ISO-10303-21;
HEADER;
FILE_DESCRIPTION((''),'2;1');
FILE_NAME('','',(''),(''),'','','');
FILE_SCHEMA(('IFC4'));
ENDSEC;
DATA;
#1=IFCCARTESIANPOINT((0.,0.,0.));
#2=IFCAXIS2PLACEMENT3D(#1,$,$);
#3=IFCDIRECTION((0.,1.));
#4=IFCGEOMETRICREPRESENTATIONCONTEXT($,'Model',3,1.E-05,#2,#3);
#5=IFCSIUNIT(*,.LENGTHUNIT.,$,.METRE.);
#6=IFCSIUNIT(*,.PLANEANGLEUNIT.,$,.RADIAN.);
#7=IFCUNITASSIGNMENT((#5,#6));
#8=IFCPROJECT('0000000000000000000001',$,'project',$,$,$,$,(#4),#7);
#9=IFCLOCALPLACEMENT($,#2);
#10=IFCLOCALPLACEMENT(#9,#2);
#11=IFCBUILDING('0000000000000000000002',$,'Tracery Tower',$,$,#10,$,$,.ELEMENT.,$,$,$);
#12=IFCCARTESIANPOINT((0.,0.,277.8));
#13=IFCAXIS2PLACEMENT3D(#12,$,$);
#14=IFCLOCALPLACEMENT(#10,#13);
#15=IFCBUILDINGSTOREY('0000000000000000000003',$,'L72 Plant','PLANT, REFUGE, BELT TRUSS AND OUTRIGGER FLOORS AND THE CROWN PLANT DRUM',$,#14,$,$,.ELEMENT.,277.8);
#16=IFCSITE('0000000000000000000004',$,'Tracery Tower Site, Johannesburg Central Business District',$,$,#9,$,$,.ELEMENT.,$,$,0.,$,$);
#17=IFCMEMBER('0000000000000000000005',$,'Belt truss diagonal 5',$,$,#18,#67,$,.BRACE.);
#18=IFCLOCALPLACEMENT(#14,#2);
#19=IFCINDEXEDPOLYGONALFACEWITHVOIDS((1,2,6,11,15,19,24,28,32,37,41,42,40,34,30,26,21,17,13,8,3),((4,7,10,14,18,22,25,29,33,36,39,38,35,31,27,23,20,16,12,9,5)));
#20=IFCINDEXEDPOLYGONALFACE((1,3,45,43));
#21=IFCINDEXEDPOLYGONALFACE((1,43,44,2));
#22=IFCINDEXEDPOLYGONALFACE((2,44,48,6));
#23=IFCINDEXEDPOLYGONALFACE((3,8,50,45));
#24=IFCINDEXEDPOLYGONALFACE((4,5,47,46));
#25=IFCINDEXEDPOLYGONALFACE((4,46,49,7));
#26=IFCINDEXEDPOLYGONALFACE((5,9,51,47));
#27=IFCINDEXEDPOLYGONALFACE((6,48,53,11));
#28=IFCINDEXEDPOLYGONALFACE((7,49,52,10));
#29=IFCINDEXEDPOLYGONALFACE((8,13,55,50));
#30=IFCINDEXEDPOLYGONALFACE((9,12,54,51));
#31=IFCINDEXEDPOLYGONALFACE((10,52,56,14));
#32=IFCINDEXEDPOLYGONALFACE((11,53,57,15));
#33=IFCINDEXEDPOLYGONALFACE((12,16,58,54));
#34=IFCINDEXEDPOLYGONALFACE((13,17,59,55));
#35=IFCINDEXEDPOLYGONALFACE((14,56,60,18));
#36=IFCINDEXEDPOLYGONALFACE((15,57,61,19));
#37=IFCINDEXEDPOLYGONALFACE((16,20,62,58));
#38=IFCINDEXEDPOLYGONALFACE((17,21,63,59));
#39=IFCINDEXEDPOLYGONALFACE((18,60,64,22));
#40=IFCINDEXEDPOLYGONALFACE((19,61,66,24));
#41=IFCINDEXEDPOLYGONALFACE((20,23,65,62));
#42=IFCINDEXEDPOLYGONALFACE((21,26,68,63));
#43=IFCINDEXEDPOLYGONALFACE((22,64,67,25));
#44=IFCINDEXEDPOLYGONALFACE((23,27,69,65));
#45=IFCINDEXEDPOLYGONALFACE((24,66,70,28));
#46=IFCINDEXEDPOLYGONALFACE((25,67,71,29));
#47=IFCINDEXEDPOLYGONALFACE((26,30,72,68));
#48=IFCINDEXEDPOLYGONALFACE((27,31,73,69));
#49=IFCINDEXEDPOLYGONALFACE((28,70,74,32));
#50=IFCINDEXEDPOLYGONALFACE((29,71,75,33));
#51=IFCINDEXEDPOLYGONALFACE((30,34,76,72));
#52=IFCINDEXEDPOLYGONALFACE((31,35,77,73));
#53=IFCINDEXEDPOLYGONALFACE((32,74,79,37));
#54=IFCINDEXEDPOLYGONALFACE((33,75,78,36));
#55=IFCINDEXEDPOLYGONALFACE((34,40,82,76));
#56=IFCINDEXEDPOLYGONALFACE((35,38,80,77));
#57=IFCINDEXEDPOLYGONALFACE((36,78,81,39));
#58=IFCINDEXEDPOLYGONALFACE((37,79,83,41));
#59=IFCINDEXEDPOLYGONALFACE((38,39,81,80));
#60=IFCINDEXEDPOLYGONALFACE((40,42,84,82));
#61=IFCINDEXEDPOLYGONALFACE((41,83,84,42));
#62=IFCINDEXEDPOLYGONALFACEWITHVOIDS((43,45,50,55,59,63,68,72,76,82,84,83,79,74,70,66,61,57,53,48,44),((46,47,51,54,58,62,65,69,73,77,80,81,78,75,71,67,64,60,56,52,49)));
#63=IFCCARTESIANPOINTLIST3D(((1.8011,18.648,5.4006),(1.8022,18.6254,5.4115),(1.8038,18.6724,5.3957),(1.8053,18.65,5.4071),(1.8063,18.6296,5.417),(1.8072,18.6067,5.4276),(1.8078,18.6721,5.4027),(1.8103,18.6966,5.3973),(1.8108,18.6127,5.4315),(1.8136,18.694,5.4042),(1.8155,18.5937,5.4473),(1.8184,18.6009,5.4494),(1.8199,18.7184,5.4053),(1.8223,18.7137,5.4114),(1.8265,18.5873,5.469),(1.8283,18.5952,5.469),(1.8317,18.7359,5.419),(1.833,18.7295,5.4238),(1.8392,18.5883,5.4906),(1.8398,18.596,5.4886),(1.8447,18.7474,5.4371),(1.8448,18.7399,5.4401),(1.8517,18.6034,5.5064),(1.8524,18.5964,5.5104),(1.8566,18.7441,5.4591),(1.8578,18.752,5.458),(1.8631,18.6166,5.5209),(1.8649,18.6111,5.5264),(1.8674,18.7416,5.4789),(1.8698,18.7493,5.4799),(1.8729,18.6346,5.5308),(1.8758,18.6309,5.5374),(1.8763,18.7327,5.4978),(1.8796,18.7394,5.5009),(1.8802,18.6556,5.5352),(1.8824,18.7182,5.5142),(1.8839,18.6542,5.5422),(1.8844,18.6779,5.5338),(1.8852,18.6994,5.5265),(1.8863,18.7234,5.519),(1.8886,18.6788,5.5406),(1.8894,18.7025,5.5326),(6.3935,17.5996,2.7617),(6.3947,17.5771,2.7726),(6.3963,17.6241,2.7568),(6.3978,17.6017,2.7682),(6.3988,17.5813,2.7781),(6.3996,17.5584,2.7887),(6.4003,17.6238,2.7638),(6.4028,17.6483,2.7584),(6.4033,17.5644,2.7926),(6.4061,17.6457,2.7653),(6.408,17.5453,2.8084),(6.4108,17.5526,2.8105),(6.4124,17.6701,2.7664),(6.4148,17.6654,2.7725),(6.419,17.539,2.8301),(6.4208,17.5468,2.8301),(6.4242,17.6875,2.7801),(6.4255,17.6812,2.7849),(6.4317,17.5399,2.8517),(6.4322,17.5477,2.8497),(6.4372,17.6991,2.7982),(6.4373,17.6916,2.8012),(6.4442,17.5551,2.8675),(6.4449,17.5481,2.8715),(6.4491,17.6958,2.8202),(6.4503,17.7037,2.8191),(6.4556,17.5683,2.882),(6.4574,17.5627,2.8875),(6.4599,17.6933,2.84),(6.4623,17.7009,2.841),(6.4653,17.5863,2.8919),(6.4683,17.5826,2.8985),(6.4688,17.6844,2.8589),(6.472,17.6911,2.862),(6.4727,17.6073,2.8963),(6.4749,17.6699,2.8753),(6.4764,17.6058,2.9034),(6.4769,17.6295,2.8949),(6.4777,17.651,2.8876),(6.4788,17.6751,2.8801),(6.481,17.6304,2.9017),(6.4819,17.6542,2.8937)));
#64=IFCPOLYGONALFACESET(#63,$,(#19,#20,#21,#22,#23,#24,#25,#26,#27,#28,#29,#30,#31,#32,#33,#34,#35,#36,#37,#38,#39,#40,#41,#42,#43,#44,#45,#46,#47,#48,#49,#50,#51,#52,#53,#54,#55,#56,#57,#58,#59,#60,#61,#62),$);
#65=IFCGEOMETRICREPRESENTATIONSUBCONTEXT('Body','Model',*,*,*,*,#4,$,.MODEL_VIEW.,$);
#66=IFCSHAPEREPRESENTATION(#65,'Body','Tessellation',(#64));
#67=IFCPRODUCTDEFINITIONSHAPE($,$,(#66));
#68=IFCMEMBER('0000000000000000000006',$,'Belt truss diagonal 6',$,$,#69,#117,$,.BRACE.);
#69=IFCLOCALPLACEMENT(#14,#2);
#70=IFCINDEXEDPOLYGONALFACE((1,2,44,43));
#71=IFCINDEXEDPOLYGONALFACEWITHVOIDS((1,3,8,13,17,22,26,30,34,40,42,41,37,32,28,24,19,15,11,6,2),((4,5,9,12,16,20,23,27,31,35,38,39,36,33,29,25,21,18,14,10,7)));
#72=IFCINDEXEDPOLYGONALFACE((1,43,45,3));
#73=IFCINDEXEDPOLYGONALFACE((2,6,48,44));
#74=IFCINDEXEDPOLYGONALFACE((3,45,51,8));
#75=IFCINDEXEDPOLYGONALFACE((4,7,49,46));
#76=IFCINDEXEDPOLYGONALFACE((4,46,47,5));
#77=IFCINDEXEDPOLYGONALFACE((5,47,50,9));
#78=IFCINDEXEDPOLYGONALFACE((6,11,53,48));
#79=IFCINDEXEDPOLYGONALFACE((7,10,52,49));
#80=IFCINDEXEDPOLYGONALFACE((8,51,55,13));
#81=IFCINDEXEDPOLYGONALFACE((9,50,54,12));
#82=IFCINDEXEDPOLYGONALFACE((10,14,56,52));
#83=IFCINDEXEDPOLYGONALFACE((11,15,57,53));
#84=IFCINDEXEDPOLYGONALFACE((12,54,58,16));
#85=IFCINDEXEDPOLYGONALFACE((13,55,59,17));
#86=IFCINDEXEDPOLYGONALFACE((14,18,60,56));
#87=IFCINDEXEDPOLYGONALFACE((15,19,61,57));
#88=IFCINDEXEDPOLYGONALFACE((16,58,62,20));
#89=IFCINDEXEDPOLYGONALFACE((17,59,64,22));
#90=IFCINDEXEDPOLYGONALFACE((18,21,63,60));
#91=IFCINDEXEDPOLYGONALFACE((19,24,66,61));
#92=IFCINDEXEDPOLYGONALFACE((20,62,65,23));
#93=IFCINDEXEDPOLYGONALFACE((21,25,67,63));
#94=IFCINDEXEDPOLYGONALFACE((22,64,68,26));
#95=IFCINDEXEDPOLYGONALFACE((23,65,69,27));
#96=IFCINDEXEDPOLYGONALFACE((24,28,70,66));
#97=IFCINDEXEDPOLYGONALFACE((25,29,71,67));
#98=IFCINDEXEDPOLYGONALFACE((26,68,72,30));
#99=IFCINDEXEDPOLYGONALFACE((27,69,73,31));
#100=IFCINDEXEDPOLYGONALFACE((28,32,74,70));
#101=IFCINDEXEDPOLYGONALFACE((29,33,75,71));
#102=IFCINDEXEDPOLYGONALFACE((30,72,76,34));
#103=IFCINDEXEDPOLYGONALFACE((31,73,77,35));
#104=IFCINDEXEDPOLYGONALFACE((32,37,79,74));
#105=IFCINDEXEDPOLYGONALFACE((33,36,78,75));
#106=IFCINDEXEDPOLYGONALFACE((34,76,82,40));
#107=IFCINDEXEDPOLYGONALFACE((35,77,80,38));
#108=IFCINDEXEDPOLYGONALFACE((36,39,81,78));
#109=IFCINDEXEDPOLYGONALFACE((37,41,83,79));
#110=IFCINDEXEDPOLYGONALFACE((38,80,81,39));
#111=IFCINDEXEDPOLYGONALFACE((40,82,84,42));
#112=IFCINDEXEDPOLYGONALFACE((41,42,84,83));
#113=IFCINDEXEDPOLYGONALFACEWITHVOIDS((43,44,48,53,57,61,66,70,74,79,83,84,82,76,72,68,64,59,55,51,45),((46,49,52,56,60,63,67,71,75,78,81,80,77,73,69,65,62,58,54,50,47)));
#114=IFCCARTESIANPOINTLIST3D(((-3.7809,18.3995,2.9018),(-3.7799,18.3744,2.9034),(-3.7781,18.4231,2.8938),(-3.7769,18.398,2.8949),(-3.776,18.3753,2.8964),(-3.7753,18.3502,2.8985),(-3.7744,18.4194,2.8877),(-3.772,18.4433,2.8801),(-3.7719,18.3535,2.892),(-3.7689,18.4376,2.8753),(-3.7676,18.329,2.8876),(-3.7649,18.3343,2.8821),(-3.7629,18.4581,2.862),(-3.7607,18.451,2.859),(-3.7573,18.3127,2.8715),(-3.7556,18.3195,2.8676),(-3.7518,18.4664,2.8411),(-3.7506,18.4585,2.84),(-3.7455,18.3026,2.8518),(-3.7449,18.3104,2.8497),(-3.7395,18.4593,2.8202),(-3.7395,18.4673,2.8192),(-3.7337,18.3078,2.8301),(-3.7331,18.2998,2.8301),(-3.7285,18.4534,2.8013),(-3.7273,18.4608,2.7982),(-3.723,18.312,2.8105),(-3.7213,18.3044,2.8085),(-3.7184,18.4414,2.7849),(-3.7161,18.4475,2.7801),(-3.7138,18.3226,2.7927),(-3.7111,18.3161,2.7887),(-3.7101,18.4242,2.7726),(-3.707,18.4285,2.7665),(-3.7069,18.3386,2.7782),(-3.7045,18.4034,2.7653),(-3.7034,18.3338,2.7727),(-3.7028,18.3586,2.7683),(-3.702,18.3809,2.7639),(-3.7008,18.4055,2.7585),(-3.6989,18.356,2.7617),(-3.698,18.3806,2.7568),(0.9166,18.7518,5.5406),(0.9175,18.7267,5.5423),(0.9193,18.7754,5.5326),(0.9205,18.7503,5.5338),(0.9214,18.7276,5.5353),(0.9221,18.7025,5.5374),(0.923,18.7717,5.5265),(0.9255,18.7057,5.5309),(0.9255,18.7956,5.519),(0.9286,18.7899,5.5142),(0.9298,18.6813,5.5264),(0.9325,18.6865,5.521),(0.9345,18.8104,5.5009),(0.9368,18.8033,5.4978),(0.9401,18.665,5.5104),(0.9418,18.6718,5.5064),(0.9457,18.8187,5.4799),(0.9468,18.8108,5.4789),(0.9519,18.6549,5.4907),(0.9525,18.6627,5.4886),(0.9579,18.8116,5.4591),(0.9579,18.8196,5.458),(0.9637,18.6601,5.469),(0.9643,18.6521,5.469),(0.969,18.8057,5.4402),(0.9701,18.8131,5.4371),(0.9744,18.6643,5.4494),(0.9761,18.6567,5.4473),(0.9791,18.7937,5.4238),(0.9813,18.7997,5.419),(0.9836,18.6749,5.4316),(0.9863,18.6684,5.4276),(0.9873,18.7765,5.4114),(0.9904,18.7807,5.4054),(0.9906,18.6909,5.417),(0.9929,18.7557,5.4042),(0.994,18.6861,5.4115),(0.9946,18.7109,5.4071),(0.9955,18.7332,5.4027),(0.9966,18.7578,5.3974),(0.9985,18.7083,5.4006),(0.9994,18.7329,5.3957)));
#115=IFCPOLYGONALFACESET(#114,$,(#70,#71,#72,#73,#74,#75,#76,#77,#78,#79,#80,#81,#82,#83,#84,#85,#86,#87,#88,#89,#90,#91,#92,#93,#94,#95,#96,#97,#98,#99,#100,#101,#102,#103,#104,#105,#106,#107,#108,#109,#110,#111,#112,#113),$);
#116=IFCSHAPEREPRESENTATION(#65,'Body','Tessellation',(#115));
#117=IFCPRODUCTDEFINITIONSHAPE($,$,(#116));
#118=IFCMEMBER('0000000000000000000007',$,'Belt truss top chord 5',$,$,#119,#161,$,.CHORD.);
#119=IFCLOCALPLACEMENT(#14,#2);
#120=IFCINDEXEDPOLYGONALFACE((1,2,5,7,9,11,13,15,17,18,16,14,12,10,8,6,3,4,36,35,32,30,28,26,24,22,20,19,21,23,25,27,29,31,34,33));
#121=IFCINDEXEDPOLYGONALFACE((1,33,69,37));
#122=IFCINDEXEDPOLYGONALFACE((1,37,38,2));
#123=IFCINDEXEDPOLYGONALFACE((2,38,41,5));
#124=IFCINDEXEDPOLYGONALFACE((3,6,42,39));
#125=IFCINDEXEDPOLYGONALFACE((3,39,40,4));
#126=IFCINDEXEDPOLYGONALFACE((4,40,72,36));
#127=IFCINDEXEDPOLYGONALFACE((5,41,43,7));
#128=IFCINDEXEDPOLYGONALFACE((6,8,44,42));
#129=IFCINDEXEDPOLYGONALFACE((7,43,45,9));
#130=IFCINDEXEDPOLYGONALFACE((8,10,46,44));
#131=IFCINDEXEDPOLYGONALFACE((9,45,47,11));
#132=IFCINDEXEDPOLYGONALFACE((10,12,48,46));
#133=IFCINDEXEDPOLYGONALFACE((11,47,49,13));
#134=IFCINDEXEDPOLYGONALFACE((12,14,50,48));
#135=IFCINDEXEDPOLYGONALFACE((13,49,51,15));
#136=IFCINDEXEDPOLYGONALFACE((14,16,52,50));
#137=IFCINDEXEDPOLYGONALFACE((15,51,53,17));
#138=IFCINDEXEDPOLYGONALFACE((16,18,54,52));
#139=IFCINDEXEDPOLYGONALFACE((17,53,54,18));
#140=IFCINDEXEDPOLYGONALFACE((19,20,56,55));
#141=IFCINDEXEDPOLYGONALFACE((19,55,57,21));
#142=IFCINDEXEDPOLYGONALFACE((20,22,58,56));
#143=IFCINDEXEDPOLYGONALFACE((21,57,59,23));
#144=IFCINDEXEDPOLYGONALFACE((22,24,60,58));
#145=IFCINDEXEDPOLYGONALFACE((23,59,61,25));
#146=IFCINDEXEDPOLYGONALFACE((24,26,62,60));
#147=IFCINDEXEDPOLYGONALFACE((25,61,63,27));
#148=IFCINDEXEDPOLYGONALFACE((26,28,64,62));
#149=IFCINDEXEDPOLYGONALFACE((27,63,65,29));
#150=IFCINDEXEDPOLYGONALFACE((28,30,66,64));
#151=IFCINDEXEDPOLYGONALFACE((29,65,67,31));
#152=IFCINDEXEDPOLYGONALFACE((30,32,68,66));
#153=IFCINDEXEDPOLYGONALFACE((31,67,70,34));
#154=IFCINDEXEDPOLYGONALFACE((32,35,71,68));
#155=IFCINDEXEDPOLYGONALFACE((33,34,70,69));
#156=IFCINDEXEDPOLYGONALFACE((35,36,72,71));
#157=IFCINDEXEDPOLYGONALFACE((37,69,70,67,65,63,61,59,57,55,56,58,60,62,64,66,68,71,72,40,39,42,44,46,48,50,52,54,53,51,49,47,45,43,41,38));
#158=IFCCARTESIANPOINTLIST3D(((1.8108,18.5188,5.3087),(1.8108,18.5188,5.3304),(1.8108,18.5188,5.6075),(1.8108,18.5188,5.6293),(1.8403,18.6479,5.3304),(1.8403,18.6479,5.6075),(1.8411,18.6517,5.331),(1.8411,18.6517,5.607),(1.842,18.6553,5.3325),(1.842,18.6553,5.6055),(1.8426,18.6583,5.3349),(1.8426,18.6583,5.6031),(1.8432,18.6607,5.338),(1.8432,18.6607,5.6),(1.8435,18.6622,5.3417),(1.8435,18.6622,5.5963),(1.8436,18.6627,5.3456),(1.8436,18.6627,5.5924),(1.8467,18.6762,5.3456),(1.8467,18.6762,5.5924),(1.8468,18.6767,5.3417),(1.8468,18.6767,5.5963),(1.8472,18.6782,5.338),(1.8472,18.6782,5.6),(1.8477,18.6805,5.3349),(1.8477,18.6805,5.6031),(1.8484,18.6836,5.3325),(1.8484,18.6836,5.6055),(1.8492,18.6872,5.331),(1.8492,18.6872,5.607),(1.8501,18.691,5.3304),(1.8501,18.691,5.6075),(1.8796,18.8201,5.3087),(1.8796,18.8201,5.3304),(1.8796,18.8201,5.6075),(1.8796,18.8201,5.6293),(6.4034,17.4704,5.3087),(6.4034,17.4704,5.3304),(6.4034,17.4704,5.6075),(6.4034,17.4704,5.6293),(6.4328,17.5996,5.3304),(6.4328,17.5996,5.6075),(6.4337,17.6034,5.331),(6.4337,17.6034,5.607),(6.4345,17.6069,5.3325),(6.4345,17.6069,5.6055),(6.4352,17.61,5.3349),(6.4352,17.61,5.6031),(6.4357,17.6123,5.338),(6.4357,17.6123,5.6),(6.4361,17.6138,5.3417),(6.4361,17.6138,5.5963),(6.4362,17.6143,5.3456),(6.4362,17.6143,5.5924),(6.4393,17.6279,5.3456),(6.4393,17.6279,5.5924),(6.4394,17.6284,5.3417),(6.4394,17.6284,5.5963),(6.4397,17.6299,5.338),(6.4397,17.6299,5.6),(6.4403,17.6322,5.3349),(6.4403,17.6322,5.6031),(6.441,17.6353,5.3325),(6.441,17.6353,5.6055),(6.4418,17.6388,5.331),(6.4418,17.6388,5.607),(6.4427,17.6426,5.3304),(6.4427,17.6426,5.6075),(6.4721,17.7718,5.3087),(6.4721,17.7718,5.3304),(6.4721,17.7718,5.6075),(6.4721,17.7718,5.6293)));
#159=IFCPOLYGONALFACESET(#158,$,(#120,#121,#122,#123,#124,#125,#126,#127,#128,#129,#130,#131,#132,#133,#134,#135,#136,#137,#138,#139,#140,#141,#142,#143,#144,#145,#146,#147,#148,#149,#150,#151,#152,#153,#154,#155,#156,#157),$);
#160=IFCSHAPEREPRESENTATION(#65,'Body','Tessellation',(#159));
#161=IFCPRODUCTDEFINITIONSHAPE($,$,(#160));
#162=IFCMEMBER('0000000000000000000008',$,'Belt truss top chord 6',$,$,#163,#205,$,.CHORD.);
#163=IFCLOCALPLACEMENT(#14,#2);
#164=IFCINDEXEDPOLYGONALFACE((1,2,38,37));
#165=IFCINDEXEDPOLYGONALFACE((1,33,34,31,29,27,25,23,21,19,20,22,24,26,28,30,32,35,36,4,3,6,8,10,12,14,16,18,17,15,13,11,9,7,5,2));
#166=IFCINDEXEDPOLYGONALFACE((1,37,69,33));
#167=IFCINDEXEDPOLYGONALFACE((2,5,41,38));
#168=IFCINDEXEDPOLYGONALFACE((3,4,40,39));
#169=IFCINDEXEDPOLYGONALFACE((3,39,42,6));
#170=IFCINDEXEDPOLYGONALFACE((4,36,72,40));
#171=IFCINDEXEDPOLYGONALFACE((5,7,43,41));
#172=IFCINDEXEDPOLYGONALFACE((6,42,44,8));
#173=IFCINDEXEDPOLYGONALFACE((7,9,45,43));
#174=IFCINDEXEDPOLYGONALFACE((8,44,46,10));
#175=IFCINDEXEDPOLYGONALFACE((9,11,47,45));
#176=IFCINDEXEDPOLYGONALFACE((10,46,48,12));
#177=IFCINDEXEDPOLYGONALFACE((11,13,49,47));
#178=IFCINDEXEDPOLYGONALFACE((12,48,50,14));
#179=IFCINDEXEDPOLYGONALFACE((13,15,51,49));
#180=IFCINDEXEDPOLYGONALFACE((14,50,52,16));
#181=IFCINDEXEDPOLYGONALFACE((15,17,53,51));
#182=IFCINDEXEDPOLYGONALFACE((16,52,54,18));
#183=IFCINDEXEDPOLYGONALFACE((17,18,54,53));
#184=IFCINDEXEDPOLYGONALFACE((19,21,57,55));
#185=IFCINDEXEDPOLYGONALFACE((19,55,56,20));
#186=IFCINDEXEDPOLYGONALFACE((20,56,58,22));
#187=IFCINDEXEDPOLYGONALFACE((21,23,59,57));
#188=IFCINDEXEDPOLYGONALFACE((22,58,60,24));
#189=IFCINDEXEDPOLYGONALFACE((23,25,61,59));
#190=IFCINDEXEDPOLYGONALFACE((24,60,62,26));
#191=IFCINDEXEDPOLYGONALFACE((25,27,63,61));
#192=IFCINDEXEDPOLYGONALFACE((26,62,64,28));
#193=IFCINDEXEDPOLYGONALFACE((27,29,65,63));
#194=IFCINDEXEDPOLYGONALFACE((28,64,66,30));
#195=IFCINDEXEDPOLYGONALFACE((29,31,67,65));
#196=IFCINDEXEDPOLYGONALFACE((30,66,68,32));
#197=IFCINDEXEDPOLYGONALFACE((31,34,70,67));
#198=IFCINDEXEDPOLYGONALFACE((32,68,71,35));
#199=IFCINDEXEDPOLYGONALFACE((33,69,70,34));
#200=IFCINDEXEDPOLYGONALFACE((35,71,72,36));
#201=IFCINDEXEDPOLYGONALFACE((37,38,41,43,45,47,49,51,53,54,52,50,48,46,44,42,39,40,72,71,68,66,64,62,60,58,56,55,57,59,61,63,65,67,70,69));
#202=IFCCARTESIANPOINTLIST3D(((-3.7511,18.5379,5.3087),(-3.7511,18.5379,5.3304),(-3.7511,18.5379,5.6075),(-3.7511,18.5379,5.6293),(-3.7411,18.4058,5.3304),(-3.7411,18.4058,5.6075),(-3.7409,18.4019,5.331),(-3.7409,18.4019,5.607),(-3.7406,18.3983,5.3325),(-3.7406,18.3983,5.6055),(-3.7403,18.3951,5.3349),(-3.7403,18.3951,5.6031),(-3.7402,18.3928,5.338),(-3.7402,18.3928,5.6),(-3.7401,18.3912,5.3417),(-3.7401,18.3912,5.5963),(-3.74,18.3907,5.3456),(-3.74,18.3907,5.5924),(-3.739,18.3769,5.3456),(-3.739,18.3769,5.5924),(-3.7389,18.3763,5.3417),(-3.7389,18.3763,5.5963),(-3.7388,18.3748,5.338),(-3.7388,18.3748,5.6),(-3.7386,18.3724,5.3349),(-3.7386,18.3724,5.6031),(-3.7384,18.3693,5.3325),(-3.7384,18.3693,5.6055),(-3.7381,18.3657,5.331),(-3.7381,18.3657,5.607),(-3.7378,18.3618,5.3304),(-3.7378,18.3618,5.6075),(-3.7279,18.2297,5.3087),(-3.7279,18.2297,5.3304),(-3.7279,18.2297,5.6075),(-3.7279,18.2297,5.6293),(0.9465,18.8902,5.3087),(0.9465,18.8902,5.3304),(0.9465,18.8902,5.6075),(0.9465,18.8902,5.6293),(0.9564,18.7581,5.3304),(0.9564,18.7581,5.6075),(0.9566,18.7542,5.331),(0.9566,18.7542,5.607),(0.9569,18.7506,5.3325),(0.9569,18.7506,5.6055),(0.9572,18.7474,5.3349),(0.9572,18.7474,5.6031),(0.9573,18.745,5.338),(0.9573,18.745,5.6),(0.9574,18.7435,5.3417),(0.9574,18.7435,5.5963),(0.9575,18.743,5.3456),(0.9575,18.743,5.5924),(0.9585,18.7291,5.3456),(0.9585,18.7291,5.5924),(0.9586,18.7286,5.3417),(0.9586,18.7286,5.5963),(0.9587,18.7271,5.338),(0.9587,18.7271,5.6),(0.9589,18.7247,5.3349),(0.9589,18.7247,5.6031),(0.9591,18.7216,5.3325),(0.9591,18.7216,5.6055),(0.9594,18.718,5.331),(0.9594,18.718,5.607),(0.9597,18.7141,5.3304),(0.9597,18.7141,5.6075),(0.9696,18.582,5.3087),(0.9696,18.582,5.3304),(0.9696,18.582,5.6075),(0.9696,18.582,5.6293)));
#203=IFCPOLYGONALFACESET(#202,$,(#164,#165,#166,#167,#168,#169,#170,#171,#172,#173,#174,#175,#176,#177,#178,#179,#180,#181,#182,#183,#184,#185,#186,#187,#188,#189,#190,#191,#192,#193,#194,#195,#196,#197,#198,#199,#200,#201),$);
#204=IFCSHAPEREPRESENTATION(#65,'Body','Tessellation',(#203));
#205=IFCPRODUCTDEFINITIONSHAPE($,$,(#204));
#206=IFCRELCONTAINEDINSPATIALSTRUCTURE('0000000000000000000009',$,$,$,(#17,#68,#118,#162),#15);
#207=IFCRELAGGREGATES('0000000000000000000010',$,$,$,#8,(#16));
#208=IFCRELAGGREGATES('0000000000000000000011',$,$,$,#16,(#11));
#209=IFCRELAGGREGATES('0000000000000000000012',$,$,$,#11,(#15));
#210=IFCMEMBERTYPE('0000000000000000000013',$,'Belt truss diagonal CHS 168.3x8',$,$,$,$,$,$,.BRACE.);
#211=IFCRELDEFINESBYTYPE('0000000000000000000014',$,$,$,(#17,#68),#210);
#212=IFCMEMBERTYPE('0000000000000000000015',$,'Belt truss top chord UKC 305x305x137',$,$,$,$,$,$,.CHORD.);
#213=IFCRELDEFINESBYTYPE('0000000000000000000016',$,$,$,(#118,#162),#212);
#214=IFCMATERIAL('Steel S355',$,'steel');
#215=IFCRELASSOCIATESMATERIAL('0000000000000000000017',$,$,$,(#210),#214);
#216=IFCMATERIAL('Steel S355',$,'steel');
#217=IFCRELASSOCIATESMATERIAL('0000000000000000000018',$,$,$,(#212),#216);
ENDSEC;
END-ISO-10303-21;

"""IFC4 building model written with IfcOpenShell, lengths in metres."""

from ifc_helpers import new_model, si_unit, direction, frame, origin, origin_2d, place, context, subcontext, project, spatial, hollow_circle, i_section, extrude, material, material_profile, profile_set, type_object, element, save


model = new_model("IFC4")

# Units and contexts
model_context = context("Model", 3, precision=1e-05, world=origin(), true_north=direction((0.0, 1.0)))
body_context = subcontext(model_context, "Body", "Model", "MODEL_VIEW")
ifc_project = project(units=[si_unit("LENGTHUNIT", "METRE"), si_unit("PLANEANGLEUNIT", "RADIAN")], contexts=[model_context])

# Site, building, storey
site_placement = place(None, origin())
site = spatial("IfcSite", under=ifc_project, at=site_placement, Name="Tracery Tower Site, Johannesburg Central Business District", CompositionType="ELEMENT", RefElevation=0.0)
building_placement = place(site_placement, origin())
building = spatial("IfcBuilding", under=site, at=building_placement, Name="Tracery Tower", CompositionType="ELEMENT")
storey_placement = place(building_placement, frame((0.0, 0.0, 277.8)))
storey = spatial("IfcBuildingStorey", under=building, at=storey_placement, Name="L72 Plant", Description="PLANT, REFUGE, BELT TRUSS AND OUTRIGGER FLOORS AND THE CROWN PLANT DRUM", CompositionType="ELEMENT", Elevation=277.8)

# Members
ifc_material_1 = material(Name="Steel S355", Category="steel")
ifc_material_profile_1 = material_profile(ifc_material_1, hollow_circle(Radius=0.0842, WallThickness=0.0081, at=origin_2d()), Name="CHS 168.3x8")
ifc_profile_set_1 = profile_set([ifc_material_profile_1], Name="Steel S355")
member_type_1 = type_object("IfcMemberType", Name="Belt truss diagonal CHS 168.3x8", PredefinedType="BRACE", material=ifc_profile_set_1)
for number, where, z_axis, x_axis, name in (
    (1, (6.4377, 17.6211, 2.8301), (-0.850553, 0.194156, 0.488737), (-0.222546, -0.974922, 0.0), "Belt truss diagonal 5"),
    (2, (0.958, 18.7361, 5.469), (-0.86999, -0.065246, -0.488734), (0.074786, -0.9972, 0.0), "Belt truss diagonal 6"),
):
    element("IfcMember", number, at=place(storey_placement, frame(where, z_axis=z_axis, x_axis=x_axis)), inside=storey, type_object=member_type_1, Name=name, PredefinedType="BRACE", context=body_context, shape_type="SweptSolid", body=[
        extrude(hollow_circle(Radius=0.0842, WallThickness=0.0081, at=origin_2d()), origin(), (0.0, 0.0, 1.0), 5.3994),
    ])
ifc_material_2 = material(Name="Steel S355", Category="steel")
ifc_material_profile_2 = material_profile(ifc_material_2, i_section(OverallWidth=0.3091, OverallDepth=0.3206, WebThickness=0.0139, FlangeThickness=0.0217, FilletRadius=0.0151, at=origin_2d()), Name="UKC 305x305x137")
ifc_profile_set_2 = profile_set([ifc_material_profile_2], Name="Steel S355")
member_type_2 = type_object("IfcMemberType", Name="Belt truss top chord UKC 305x305x137", PredefinedType="CHORD", material=ifc_profile_set_2)
for number, where, z_axis, x_axis, name in (
    (3, (6.4377, 17.6211, 5.469), (-0.974922, 0.222546, 0.0), (-0.222546, -0.974922, 0.0), "Belt truss top chord 5"),
    (4, (0.958, 18.7361, 5.469), (-0.9972, -0.074786, 0.0), (0.074786, -0.9972, 0.0), "Belt truss top chord 6"),
):
    element("IfcMember", number, at=place(storey_placement, frame(where, z_axis=z_axis, x_axis=x_axis)), inside=storey, type_object=member_type_2, Name=name, PredefinedType="CHORD", context=body_context, shape_type="SweptSolid", body=[
        extrude(i_section(OverallWidth=0.3091, OverallDepth=0.3206, WebThickness=0.0139, FlangeThickness=0.0217, FilletRadius=0.0151, at=origin_2d()), origin(), (0.0, 0.0, 1.0), 4.7107),
    ])

save(model, "model.ifc")
